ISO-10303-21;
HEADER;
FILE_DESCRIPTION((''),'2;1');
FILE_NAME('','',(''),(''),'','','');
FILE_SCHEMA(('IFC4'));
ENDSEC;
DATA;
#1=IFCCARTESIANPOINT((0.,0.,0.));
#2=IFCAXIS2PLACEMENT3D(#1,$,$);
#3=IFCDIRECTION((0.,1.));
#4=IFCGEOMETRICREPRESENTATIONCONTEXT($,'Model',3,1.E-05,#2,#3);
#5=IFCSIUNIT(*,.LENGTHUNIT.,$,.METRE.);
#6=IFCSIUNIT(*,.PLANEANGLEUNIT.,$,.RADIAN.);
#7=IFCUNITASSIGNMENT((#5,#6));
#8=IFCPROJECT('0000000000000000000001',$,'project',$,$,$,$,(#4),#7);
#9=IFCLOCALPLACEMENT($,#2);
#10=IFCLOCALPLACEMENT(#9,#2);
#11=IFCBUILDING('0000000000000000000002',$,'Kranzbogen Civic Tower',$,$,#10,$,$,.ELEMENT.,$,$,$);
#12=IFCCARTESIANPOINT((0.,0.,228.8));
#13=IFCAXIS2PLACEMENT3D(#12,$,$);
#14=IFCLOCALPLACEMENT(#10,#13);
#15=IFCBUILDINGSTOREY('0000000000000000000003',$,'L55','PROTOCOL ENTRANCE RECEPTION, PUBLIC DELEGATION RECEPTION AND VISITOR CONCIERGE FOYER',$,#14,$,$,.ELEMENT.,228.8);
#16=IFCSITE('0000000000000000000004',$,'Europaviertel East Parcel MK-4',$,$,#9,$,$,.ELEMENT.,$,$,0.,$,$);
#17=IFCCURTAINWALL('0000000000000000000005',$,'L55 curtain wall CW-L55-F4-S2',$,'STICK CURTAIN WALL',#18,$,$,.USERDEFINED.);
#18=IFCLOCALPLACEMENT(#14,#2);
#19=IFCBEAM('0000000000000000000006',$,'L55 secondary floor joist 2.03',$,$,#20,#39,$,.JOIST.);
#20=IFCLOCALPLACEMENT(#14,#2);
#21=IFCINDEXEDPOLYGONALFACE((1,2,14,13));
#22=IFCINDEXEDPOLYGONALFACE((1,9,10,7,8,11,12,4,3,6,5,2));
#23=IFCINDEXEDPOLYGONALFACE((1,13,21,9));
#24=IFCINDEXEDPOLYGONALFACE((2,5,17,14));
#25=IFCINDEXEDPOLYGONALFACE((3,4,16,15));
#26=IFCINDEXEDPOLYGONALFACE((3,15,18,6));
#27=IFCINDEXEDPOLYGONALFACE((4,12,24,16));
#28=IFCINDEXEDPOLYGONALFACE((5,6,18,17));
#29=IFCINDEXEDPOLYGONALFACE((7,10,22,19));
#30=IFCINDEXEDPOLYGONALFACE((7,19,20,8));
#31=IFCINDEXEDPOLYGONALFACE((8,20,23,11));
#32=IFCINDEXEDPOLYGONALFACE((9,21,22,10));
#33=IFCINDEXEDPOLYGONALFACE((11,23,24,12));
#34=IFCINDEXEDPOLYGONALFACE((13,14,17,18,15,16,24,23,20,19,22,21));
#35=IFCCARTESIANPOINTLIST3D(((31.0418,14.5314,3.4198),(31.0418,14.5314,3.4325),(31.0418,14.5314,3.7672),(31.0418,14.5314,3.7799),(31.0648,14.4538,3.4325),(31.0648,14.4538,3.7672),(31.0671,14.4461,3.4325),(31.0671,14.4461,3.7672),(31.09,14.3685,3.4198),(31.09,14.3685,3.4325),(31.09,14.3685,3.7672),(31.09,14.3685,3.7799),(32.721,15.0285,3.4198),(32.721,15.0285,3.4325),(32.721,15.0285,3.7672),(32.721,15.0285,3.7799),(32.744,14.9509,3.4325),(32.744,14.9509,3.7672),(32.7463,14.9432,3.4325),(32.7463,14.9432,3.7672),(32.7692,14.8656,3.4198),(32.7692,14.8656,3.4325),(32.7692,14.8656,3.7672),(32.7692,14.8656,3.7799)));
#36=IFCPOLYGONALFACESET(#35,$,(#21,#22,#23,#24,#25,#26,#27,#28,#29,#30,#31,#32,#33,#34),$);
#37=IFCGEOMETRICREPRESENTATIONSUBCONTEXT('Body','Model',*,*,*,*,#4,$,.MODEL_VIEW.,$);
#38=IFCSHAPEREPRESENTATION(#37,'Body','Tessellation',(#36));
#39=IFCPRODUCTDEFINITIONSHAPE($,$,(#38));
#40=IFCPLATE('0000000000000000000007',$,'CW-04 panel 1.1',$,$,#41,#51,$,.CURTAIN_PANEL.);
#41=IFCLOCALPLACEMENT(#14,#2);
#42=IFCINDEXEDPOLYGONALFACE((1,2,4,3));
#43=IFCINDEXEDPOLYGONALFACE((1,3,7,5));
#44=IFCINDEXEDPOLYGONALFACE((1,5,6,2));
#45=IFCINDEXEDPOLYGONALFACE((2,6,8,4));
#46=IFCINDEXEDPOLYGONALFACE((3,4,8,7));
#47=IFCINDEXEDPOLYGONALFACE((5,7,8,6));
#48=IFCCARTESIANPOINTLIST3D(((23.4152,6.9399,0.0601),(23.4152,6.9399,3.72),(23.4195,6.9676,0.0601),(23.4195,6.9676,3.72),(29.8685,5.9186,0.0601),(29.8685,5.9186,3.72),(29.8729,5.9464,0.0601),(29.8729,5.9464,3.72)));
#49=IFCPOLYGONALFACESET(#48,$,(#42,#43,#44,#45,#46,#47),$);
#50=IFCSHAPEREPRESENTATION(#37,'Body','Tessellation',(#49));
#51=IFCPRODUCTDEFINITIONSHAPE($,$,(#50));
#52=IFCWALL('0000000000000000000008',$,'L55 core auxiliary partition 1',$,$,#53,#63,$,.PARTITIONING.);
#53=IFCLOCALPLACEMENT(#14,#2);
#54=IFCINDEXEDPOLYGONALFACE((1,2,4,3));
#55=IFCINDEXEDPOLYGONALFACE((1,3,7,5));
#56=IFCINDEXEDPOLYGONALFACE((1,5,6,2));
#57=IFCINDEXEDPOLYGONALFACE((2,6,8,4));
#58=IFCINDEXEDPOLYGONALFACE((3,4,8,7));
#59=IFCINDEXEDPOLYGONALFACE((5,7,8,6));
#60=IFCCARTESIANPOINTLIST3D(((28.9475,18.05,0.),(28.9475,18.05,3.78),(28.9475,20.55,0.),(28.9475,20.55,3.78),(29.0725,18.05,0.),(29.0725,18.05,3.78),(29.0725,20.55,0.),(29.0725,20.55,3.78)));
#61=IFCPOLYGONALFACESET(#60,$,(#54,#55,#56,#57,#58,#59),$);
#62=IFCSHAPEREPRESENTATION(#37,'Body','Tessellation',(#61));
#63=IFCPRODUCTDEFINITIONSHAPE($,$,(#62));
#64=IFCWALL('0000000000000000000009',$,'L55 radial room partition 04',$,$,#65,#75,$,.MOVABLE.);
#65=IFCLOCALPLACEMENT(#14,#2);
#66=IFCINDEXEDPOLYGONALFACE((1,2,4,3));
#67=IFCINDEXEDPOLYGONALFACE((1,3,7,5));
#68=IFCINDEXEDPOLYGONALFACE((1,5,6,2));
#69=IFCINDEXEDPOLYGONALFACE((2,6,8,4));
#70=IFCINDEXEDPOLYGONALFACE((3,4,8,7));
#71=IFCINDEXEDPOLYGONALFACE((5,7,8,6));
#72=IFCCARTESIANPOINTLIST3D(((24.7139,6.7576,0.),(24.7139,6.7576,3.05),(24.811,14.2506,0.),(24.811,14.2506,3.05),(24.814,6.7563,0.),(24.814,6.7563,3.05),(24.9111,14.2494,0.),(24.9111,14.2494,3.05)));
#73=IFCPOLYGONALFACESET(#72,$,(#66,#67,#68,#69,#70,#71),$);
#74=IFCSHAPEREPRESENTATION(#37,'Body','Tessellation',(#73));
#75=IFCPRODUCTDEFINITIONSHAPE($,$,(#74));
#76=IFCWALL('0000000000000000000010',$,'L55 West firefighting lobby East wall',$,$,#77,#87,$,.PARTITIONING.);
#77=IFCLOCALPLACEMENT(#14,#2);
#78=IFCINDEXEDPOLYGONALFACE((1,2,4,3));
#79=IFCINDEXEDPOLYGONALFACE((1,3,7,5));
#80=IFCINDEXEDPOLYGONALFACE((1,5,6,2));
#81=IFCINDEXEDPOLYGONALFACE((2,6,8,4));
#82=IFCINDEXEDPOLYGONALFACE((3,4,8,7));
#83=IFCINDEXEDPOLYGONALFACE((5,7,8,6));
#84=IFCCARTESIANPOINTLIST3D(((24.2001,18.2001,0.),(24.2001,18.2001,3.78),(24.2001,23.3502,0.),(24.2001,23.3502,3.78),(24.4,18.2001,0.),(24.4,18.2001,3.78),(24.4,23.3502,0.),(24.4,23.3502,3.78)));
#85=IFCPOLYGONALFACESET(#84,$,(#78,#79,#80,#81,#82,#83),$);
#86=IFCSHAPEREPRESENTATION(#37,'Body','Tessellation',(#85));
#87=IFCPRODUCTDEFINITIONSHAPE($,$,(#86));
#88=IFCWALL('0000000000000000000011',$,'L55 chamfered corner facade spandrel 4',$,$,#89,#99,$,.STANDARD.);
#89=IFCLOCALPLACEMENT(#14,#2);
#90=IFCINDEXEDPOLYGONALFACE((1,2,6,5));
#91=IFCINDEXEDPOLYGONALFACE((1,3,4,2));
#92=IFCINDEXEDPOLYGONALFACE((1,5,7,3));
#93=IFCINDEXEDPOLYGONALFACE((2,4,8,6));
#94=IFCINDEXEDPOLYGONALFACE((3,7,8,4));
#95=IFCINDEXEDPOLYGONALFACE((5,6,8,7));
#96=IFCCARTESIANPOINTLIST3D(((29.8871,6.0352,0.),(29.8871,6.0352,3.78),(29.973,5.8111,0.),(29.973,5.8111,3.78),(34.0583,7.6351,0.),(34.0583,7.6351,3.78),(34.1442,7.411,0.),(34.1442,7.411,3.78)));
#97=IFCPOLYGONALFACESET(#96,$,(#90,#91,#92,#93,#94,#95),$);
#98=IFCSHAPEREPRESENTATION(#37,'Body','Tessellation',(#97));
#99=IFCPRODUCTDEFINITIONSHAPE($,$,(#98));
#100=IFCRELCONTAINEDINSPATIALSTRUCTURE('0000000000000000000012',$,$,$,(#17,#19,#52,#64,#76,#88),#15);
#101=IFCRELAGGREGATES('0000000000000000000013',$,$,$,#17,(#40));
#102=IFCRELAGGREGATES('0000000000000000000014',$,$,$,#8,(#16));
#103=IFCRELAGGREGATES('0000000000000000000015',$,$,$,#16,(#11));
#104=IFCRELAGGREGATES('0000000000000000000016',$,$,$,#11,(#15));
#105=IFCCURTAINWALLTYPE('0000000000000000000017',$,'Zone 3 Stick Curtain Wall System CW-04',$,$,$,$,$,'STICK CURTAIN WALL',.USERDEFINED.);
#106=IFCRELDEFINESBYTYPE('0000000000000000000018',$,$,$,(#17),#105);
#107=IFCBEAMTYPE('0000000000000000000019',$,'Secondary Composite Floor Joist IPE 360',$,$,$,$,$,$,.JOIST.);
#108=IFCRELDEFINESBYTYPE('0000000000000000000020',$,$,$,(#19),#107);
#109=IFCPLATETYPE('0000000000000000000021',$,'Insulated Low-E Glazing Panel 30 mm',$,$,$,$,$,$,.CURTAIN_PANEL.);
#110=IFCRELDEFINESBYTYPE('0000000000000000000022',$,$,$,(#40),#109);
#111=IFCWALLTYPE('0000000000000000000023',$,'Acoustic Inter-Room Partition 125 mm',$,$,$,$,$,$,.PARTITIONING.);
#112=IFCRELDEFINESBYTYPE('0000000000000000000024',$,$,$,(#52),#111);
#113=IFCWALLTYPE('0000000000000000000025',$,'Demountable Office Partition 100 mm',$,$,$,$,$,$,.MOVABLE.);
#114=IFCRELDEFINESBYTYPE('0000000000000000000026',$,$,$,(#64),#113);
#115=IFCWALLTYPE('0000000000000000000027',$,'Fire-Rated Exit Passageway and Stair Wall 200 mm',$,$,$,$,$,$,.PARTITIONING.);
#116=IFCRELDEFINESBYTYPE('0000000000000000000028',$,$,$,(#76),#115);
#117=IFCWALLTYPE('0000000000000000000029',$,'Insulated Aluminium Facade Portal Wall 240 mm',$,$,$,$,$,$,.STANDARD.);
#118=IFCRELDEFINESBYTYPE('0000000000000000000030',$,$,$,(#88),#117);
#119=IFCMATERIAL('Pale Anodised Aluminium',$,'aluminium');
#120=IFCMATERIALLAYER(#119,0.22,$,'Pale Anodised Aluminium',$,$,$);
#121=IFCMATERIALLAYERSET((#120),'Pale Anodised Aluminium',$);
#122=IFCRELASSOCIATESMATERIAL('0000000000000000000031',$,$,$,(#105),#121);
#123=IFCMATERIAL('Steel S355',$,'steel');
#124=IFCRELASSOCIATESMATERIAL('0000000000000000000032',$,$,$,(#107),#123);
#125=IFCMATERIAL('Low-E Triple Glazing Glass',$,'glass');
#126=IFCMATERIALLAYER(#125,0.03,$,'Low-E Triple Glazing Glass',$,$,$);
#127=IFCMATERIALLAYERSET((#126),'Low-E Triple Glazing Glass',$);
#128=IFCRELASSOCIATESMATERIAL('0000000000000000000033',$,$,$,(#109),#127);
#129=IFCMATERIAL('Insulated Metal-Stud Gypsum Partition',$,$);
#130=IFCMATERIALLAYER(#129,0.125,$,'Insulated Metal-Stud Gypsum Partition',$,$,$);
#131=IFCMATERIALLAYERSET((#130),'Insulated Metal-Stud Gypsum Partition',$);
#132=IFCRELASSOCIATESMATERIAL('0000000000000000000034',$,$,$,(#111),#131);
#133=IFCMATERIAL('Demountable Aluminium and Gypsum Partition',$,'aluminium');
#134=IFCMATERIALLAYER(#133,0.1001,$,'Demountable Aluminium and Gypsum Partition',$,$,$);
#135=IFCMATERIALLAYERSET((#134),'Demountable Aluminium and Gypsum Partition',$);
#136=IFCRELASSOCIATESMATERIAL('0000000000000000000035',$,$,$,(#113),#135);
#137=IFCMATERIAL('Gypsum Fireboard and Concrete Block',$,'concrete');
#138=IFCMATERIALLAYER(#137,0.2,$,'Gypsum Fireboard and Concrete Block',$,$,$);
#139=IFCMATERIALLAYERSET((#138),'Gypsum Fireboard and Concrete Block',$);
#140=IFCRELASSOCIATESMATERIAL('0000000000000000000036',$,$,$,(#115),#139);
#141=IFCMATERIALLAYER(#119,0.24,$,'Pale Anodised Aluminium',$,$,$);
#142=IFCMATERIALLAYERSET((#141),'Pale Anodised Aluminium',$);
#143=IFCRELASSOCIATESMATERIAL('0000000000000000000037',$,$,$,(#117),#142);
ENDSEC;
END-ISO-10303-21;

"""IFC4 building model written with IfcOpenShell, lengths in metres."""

from ifc_helpers import new_model, si_unit, direction, frame, frame_2d, origin, origin_2d, place, context, subcontext, project, spatial, rectangle, i_section, extrude, material, layer, layer_set, material_profile, profile_set, type_object, element, aggregate, save


model = new_model("IFC4")

# Units and contexts
model_context = context("Model", 3, precision=1e-05, world=origin(), true_north=direction((0.0, 1.0)))
body_context = subcontext(model_context, "Body", "Model", "MODEL_VIEW")
ifc_project = project(units=[si_unit("LENGTHUNIT", "METRE"), si_unit("PLANEANGLEUNIT", "RADIAN")], contexts=[model_context])

# Site, building, storey
site_placement = place(None, origin())
site = spatial("IfcSite", under=ifc_project, at=site_placement, Name="Europaviertel East Parcel MK-4", CompositionType="ELEMENT", RefElevation=0.0)
building_placement = place(site_placement, origin())
building = spatial("IfcBuilding", under=site, at=building_placement, Name="Kranzbogen Civic Tower", CompositionType="ELEMENT")
storey_placement = place(building_placement, frame((0.0, 0.0, 228.8)))
storey = spatial("IfcBuildingStorey", under=building, at=storey_placement, Name="L55", Description="PROTOCOL ENTRANCE RECEPTION, PUBLIC DELEGATION RECEPTION AND VISITOR CONCIERGE FOYER", CompositionType="ELEMENT", Elevation=228.8)

# Shared definitions
ifc_material_1 = material(Name="Steel S355", Category="steel")

# Curtain wall
ifc_material_2 = material(Name="Pale Anodised Aluminium", Category="aluminium")
ifc_layer_1 = layer(ifc_material_2, 0.22, Name="Pale Anodised Aluminium")
ifc_layer_set_1 = layer_set([ifc_layer_1], Name="Pale Anodised Aluminium")
curtain_wall_type = type_object("IfcCurtainWallType", Name="Zone 3 Stick Curtain Wall System CW-04", ElementType="STICK CURTAIN WALL", PredefinedType="USERDEFINED", material=ifc_layer_set_1)
curtain_wall_placement = place(storey_placement, origin())
curtain_wall = element("IfcCurtainWall", 1, at=curtain_wall_placement, inside=storey, type_object=curtain_wall_type, Name="L55 curtain wall CW-L55-F4-S2", ObjectType="STICK CURTAIN WALL", PredefinedType="USERDEFINED")

# Beam
ifc_material_profile_1 = material_profile(ifc_material_1, i_section(OverallWidth=0.1699, OverallDepth=0.3601, WebThickness=0.0081, FlangeThickness=0.0127, at=origin_2d()), Name="IPE 360")
ifc_profile_set_1 = profile_set([ifc_material_profile_1], Name="Steel S355")
beam_type_1 = type_object("IfcBeamType", Name="Secondary Composite Floor Joist IPE 360", PredefinedType="JOIST", material=ifc_profile_set_1)
beam_1_placement = place(storey_placement, frame((31.0659, 14.45, 3.5999), z_axis=(0.958871, 0.283841, 0.0), x_axis=(-0.283841, 0.958871, 0.0)))
element("IfcBeam", 2, at=beam_1_placement, inside=storey, type_object=beam_type_1, Name="L55 secondary floor joist 2.03", PredefinedType="JOIST", context=body_context, shape_type="SweptSolid", body=[
    extrude(i_section(OverallWidth=0.1699, OverallDepth=0.3601, WebThickness=0.0081, FlangeThickness=0.0127, at=origin_2d()), origin(), (0.0, 0.0, 1.0), 1.7512),
])

# Plate
ifc_material_3 = material(Name="Low-E Triple Glazing Glass", Category="glass")
ifc_layer_2 = layer(ifc_material_3, 0.03, Name="Low-E Triple Glazing Glass")
ifc_layer_set_2 = layer_set([ifc_layer_2], Name="Low-E Triple Glazing Glass")
plate_type = type_object("IfcPlateType", Name="Insulated Low-E Glazing Panel 30 mm", PredefinedType="CURTAIN_PANEL", material=ifc_layer_set_2)
plate_placement = place(storey_placement, frame((26.644, 6.4431, 0.0601), z_axis=(0.0, 0.0, 1.0), x_axis=(0.987709, -0.156302, 0.0)))
plate = element("IfcPlate", 3, at=plate_placement, type_object=plate_type, Name="CW-04 panel 1.1", PredefinedType="CURTAIN_PANEL", context=body_context, shape_type="SweptSolid", body=[
    extrude(rectangle(XDim=6.5337, YDim=0.0281, at=origin_2d()), origin(), (0.0, 0.0, 1.0), 3.6599),
])
aggregate(curtain_wall, [plate])

# Walls
ifc_material_4 = material(Name="Insulated Metal-Stud Gypsum Partition")
ifc_layer_3 = layer(ifc_material_4, 0.125, Name="Insulated Metal-Stud Gypsum Partition")
ifc_layer_set_3 = layer_set([ifc_layer_3], Name="Insulated Metal-Stud Gypsum Partition")
wall_type_1 = type_object("IfcWallType", Name="Acoustic Inter-Room Partition 125 mm", PredefinedType="PARTITIONING", material=ifc_layer_set_3)
wall_1_placement = place(storey_placement, frame((29.01, 18.05, 0.0), z_axis=(0.0, 0.0, 1.0), x_axis=(0.0, 1.0, 0.0)))
element("IfcWall", 4, at=wall_1_placement, inside=storey, type_object=wall_type_1, Name="L55 core auxiliary partition 1", PredefinedType="PARTITIONING", context=body_context, shape_type="SweptSolid", body=[
    extrude(rectangle(XDim=2.5, YDim=0.125, at=frame_2d((1.25, 0.0))), origin(), (0.0, 0.0, 1.0), 3.78),
])
ifc_material_5 = material(Name="Demountable Aluminium and Gypsum Partition", Category="aluminium")
ifc_layer_4 = layer(ifc_material_5, 0.1001, Name="Demountable Aluminium and Gypsum Partition")
ifc_layer_set_4 = layer_set([ifc_layer_4], Name="Demountable Aluminium and Gypsum Partition")
wall_type_2 = type_object("IfcWallType", Name="Demountable Office Partition 100 mm", PredefinedType="MOVABLE", material=ifc_layer_set_4)
wall_2_placement = place(storey_placement, frame((24.8611, 14.25, 0.0), z_axis=(0.0, 0.0, 1.0), x_axis=(-0.012967, -0.999916, 0.0)))
element("IfcWall", 5, at=wall_2_placement, inside=storey, type_object=wall_type_2, Name="L55 radial room partition 04", PredefinedType="MOVABLE", context=body_context, shape_type="SweptSolid", body=[
    extrude(rectangle(XDim=7.4937, YDim=0.1001, at=frame_2d((3.7468, 0.0))), origin(), (0.0, 0.0, 1.0), 3.05),
])
ifc_material_6 = material(Name="Gypsum Fireboard and Concrete Block", Category="concrete")
ifc_layer_5 = layer(ifc_material_6, 0.2, Name="Gypsum Fireboard and Concrete Block")
ifc_layer_set_5 = layer_set([ifc_layer_5], Name="Gypsum Fireboard and Concrete Block")
wall_type_3 = type_object("IfcWallType", Name="Fire-Rated Exit Passageway and Stair Wall 200 mm", PredefinedType="PARTITIONING", material=ifc_layer_set_5)
wall_3_placement = place(storey_placement, frame((24.3, 18.2, 0.0), z_axis=(0.0, 0.0, 1.0), x_axis=(0.0, 1.0, 0.0)))
element("IfcWall", 6, at=wall_3_placement, inside=storey, type_object=wall_type_3, Name="L55 West firefighting lobby East wall", PredefinedType="PARTITIONING", context=body_context, shape_type="SweptSolid", body=[
    extrude(rectangle(XDim=5.1501, YDim=0.2, at=frame_2d((2.5752, 0.0))), origin(), (0.0, 0.0, 1.0), 3.78),
])
ifc_layer_6 = layer(ifc_material_2, 0.24, Name="Pale Anodised Aluminium")
ifc_layer_set_6 = layer_set([ifc_layer_6], Name="Pale Anodised Aluminium")
wall_type_4 = type_object("IfcWallType", Name="Insulated Aluminium Facade Portal Wall 240 mm", PredefinedType="STANDARD", material=ifc_layer_set_6)
wall_4_placement = place(storey_placement, frame((29.9299, 5.9231, 0.0), z_axis=(0.0, 0.0, 1.0), x_axis=(0.933678, 0.358115, 0.0)))
element("IfcWall", 7, at=wall_4_placement, inside=storey, type_object=wall_type_4, Name="L55 chamfered corner facade spandrel 4", PredefinedType="STANDARD", context=body_context, shape_type="SweptSolid", body=[
    extrude(rectangle(XDim=4.4675, YDim=0.24, at=frame_2d((2.2339, 0.0))), origin(), (0.0, 0.0, 1.0), 3.78),
])

save(model, "model.ifc")
